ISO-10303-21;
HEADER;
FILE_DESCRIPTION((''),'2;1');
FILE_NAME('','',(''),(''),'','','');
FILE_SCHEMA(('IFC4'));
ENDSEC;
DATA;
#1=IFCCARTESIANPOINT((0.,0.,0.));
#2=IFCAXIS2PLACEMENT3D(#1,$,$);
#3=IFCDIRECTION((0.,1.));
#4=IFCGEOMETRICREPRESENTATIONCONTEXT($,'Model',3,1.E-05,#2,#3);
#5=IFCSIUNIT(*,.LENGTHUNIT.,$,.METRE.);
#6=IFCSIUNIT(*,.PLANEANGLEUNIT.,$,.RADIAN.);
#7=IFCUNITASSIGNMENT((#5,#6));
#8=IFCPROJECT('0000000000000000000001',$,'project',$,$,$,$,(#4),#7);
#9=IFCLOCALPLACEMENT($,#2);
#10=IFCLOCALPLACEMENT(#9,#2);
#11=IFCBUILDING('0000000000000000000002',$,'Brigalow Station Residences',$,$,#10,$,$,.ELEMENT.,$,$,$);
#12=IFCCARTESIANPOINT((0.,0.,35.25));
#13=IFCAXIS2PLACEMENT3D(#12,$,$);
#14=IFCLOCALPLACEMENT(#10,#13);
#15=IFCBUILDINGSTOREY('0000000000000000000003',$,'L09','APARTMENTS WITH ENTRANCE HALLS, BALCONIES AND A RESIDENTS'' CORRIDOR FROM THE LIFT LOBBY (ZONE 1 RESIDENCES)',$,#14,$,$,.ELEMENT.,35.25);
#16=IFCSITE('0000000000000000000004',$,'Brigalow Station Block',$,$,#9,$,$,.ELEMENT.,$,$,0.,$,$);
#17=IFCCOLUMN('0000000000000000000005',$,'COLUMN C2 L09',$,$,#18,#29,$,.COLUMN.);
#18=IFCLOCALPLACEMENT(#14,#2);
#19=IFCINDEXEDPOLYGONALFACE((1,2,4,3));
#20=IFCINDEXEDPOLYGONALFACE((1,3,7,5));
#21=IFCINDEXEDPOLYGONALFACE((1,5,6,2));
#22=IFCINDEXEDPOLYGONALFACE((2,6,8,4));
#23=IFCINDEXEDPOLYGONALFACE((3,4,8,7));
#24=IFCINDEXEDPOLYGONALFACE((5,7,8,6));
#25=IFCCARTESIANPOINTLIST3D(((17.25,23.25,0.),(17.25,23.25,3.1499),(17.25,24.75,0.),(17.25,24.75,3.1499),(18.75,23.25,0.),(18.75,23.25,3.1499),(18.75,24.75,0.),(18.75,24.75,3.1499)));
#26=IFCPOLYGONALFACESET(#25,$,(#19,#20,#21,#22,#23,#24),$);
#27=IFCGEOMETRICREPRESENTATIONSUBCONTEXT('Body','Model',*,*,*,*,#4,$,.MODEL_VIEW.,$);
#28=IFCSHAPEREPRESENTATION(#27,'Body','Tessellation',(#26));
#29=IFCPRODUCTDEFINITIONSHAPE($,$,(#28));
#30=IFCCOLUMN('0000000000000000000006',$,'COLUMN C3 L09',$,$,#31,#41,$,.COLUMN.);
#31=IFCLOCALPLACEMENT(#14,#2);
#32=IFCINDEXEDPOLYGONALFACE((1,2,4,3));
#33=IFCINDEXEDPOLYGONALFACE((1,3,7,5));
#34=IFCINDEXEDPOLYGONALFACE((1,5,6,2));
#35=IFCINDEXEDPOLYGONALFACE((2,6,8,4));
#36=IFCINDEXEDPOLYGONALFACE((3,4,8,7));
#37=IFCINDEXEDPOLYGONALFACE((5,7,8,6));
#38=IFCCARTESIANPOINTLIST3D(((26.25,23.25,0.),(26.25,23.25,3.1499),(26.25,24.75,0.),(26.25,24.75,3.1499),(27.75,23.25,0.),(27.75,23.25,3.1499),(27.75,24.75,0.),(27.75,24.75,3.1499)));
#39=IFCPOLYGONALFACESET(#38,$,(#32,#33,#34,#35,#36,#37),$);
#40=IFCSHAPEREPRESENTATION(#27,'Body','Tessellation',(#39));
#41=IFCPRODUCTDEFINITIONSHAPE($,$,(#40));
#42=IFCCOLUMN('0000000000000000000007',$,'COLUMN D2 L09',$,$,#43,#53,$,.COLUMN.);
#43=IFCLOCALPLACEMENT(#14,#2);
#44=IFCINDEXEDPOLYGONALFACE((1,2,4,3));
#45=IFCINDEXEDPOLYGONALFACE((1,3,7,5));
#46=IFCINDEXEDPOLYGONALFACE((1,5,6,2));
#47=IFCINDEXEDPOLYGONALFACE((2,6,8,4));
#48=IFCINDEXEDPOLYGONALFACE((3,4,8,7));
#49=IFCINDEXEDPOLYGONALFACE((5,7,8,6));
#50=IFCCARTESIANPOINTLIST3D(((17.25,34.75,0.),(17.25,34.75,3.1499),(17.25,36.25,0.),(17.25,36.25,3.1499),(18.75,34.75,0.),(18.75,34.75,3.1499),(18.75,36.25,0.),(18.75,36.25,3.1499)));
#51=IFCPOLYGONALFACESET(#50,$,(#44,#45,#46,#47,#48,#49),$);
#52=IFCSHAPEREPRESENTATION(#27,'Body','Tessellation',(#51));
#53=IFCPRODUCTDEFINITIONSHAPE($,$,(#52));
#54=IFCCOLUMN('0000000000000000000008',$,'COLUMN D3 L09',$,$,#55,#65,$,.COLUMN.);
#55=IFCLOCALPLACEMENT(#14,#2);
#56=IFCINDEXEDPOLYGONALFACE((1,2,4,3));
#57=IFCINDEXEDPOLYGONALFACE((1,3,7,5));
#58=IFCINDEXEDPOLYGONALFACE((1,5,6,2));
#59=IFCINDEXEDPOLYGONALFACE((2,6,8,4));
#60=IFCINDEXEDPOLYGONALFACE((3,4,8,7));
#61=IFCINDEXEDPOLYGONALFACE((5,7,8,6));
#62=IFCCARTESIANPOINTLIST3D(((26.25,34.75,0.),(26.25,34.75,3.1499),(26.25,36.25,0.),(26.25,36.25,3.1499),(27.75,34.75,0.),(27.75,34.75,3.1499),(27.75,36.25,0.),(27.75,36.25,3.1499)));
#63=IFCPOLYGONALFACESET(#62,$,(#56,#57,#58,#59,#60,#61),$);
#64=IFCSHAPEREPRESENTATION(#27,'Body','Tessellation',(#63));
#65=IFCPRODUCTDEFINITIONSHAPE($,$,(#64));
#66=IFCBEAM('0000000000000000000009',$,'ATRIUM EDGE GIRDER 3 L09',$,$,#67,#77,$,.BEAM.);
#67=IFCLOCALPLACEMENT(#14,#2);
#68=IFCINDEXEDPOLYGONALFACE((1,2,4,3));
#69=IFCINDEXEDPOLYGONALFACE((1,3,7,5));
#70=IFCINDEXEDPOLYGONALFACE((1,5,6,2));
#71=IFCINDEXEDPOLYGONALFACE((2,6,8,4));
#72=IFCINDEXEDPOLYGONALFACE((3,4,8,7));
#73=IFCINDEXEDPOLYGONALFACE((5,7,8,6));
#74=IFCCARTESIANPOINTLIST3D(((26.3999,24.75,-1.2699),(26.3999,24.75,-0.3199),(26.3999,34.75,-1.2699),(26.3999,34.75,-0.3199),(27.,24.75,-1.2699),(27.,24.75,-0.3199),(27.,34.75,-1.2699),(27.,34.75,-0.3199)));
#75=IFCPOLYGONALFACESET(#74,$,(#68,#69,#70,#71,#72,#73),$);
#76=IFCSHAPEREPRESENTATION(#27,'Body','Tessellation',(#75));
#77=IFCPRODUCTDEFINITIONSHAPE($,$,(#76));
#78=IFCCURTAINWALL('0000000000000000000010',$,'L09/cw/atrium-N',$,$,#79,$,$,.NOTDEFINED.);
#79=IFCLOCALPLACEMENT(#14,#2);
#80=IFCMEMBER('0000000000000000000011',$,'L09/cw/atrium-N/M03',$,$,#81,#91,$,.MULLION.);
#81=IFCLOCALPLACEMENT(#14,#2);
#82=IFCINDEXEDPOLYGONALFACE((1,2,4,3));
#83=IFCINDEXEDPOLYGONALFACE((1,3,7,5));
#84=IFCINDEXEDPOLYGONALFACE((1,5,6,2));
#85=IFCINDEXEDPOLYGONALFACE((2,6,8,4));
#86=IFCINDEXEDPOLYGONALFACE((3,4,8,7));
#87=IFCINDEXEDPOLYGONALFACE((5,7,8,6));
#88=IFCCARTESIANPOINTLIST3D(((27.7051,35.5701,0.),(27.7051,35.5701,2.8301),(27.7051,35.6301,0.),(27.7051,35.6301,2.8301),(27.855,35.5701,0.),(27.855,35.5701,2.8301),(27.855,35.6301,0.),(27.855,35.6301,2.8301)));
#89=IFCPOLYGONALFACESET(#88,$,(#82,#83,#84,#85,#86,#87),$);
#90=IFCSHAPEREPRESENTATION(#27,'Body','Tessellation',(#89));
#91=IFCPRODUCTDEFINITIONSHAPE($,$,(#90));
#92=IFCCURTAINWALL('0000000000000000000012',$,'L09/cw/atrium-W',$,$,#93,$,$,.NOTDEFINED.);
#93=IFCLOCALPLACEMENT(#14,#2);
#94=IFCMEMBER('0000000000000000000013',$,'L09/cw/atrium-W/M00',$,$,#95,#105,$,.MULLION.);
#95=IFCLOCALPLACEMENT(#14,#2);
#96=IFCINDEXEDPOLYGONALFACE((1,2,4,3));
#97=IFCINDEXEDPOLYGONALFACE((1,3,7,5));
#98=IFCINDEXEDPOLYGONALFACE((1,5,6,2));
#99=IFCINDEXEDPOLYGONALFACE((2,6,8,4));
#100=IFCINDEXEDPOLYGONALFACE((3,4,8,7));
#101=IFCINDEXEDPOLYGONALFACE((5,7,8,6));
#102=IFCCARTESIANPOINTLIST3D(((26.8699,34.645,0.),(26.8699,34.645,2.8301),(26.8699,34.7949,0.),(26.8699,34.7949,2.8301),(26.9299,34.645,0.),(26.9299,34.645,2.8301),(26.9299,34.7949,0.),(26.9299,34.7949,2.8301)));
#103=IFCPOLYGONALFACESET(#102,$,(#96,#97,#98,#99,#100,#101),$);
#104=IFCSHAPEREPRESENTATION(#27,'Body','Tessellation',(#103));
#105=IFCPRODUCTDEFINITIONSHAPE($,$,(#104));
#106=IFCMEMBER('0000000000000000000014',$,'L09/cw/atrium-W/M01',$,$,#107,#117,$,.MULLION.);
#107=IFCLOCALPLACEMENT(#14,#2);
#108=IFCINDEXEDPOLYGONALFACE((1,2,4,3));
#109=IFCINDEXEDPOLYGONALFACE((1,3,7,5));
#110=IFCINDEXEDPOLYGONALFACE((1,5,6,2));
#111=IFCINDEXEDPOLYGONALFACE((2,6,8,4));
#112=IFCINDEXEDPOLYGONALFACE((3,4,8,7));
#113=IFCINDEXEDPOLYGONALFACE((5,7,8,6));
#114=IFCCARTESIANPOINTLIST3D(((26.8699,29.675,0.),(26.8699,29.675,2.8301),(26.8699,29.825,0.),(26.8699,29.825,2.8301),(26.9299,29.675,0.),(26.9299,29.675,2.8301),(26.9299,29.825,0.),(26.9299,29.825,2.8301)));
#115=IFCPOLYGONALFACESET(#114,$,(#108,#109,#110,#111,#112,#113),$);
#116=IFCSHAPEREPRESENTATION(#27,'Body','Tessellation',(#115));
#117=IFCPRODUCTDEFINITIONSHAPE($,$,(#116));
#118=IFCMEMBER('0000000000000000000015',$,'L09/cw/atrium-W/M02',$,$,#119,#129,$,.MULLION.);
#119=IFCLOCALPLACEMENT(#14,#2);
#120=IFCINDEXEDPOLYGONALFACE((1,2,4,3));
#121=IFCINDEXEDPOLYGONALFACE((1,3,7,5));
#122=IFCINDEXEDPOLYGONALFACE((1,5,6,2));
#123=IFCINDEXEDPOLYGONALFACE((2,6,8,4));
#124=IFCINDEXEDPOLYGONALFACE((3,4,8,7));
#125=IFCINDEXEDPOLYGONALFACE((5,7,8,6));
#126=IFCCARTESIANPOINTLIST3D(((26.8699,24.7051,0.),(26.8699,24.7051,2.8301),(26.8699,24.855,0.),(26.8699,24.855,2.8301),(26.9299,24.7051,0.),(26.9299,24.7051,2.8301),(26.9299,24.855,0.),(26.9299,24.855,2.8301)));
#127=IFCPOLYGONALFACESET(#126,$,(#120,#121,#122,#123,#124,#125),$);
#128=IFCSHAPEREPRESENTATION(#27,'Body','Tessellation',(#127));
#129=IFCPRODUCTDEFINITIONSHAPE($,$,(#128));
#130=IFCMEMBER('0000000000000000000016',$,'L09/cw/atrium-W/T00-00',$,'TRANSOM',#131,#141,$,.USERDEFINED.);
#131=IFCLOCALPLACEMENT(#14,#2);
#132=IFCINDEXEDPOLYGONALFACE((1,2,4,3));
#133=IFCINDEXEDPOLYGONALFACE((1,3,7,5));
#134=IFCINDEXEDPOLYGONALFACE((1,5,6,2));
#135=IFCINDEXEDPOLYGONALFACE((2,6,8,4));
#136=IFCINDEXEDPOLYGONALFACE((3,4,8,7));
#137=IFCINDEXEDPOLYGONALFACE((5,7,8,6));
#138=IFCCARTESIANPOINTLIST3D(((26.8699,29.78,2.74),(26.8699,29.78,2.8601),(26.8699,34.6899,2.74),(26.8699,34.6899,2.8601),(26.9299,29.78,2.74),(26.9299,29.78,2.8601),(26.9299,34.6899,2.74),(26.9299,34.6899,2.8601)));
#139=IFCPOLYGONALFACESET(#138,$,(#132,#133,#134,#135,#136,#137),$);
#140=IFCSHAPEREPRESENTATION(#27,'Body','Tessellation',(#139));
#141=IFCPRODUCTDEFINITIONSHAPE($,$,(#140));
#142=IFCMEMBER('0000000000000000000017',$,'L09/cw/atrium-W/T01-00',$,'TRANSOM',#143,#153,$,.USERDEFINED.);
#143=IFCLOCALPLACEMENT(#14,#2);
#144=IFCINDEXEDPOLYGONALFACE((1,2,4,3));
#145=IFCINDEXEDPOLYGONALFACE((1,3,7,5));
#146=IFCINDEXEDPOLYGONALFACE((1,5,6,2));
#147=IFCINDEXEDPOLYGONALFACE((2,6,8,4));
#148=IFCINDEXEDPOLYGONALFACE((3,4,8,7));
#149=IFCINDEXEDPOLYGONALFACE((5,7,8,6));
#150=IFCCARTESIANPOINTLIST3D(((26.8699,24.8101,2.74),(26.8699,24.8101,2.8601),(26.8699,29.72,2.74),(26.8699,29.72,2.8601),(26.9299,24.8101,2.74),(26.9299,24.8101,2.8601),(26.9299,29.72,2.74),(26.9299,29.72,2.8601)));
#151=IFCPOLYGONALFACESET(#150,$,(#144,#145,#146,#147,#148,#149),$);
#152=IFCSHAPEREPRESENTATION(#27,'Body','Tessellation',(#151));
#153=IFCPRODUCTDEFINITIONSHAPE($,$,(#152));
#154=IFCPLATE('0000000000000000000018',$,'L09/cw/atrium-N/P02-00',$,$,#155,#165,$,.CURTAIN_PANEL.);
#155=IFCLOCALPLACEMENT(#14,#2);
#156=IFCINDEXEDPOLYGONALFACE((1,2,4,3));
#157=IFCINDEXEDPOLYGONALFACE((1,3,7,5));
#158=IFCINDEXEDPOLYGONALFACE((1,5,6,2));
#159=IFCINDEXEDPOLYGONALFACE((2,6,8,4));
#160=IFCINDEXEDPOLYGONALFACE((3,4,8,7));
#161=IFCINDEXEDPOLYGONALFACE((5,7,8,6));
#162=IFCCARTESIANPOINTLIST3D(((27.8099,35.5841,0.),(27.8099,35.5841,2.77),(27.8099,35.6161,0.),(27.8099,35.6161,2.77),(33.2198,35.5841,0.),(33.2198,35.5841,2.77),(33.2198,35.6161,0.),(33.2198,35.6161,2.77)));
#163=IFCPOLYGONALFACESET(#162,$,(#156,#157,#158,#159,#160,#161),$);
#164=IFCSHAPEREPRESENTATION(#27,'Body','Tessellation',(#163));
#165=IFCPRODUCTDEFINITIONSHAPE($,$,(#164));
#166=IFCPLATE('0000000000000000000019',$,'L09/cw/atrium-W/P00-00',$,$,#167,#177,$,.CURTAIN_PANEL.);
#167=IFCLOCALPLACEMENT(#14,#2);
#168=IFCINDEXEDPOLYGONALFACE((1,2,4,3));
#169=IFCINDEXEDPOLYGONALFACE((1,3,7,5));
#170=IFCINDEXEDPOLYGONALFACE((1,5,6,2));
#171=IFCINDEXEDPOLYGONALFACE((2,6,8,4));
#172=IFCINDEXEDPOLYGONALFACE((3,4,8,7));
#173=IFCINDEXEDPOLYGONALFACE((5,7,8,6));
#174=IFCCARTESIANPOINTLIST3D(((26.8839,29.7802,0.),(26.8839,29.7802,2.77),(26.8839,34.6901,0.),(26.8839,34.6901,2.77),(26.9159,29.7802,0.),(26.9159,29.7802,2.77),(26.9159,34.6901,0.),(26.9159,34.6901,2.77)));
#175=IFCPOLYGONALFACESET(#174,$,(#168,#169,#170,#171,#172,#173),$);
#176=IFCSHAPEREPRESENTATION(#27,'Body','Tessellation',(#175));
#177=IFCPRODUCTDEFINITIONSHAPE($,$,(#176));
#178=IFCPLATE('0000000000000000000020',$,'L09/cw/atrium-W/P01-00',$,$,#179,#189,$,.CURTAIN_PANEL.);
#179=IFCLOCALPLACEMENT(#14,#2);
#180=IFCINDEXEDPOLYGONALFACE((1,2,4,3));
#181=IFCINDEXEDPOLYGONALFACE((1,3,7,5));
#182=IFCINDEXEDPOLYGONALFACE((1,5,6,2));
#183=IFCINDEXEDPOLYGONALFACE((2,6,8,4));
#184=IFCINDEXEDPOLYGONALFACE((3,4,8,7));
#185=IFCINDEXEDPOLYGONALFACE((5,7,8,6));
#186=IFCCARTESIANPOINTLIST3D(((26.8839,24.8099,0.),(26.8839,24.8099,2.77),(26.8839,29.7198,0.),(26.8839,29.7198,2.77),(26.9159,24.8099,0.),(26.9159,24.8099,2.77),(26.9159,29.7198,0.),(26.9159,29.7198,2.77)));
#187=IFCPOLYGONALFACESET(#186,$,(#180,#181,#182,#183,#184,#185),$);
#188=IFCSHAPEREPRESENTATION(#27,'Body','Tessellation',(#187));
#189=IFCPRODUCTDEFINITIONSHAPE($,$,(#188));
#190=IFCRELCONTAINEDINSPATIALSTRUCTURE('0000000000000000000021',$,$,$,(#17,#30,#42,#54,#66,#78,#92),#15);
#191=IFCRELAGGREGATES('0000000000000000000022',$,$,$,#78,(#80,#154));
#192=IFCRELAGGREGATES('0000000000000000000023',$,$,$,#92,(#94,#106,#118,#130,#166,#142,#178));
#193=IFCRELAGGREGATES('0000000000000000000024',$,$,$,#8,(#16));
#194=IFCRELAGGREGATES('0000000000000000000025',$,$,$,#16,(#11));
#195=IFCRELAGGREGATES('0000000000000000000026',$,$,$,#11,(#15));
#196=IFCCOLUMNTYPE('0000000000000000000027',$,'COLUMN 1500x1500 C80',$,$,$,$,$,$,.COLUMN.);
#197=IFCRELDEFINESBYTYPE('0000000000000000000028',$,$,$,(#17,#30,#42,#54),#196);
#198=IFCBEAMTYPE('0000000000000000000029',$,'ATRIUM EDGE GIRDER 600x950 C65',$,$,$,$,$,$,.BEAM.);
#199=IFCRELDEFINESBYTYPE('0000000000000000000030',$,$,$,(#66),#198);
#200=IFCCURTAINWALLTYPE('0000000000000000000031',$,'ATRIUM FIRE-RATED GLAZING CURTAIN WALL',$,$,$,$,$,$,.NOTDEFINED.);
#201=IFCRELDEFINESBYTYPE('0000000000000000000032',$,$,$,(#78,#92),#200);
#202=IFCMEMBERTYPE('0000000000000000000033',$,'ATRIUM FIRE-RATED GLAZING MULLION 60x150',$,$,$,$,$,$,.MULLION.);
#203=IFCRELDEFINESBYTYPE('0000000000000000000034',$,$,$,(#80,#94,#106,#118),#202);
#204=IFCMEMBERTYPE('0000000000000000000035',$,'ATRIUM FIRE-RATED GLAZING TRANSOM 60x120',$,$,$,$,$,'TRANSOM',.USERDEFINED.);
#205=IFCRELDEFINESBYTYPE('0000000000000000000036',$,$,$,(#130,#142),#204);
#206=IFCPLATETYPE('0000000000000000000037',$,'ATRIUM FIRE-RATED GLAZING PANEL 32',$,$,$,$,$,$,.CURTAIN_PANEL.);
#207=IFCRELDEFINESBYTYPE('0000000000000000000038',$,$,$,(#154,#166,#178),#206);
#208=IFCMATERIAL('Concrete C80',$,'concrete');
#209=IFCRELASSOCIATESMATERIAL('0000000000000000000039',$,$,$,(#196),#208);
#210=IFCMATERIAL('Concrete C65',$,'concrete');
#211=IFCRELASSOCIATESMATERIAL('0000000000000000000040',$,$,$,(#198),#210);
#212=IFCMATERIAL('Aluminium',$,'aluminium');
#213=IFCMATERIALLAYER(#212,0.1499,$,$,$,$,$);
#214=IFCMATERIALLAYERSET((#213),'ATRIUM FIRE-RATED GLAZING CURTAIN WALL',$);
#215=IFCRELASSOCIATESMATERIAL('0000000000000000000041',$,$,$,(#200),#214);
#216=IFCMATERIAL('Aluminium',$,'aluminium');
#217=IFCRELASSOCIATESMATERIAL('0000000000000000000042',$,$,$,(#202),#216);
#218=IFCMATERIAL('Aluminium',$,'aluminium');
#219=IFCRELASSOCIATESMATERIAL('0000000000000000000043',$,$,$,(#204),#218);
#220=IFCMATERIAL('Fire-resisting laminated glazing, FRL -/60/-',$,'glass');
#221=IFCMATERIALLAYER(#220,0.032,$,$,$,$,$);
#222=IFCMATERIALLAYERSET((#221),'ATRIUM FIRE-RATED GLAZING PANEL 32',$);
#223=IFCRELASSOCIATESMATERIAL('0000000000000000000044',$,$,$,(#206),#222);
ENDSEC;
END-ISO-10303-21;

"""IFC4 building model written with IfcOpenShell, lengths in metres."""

from ifc_helpers import new_model, si_unit, direction, frame, origin, origin_2d, place, context, subcontext, project, spatial, rectangle, extrude, material, layer, layer_set, material_profile, profile_set, type_object, element, aggregate, save


model = new_model("IFC4")

# Units and contexts
model_context = context("Model", 3, precision=1e-05, world=origin(), true_north=direction((0.0, 1.0)))
body_context = subcontext(model_context, "Body", "Model", "MODEL_VIEW")
ifc_project = project(units=[si_unit("LENGTHUNIT", "METRE"), si_unit("PLANEANGLEUNIT", "RADIAN")], contexts=[model_context])

# Site, building, storey
site_placement = place(None, origin())
site = spatial("IfcSite", under=ifc_project, at=site_placement, Name="Brigalow Station Block", CompositionType="ELEMENT", RefElevation=0.0)
building_placement = place(site_placement, origin())
building = spatial("IfcBuilding", under=site, at=building_placement, Name="Brigalow Station Residences", CompositionType="ELEMENT")
storey_placement = place(building_placement, frame((0.0, 0.0, 35.25)))
storey = spatial("IfcBuildingStorey", under=building, at=storey_placement, Name="L09", Description="APARTMENTS WITH ENTRANCE HALLS, BALCONIES AND A RESIDENTS' CORRIDOR FROM THE LIFT LOBBY (ZONE 1 RESIDENCES)", CompositionType="ELEMENT", Elevation=35.25)

# Columns
ifc_material_1 = material(Name="Concrete C80", Category="concrete")
ifc_material_profile_1 = material_profile(ifc_material_1, rectangle(XDim=1.5, YDim=1.5, at=origin_2d()), Name="RC1500x1500")
ifc_profile_set_1 = profile_set([ifc_material_profile_1], Name="Concrete C80")
column_type = type_object("IfcColumnType", Name="COLUMN 1500x1500 C80", PredefinedType="COLUMN", material=ifc_profile_set_1)
for number, where, z_axis, x_axis, name in (
    (1, (18.0, 24.0, 0.0), (0.0, 0.0, 1.0), (1.0, 0.0, 0.0), "COLUMN C2 L09"),
    (2, (27.0, 24.0, 0.0), (0.0, 0.0, 1.0), (1.0, 0.0, 0.0), "COLUMN C3 L09"),
    (3, (18.0, 35.5, 0.0), (0.0, 0.0, 1.0), (1.0, 0.0, 0.0), "COLUMN D2 L09"),
    (4, (27.0, 35.5, 0.0), (0.0, 0.0, 1.0), (1.0, 0.0, 0.0), "COLUMN D3 L09"),
):
    element("IfcColumn", number, at=place(storey_placement, frame(where, z_axis=z_axis, x_axis=x_axis)), inside=storey, type_object=column_type, Name=name, PredefinedType="COLUMN", context=body_context, shape_type="SweptSolid", body=[
        extrude(rectangle(XDim=1.5, YDim=1.5, at=origin_2d()), origin(), (0.0, 0.0, 1.0), 3.1499),
    ])

# Beam
ifc_material_2 = material(Name="Concrete C65", Category="concrete")
ifc_material_profile_2 = material_profile(ifc_material_2, rectangle(XDim=0.6001, YDim=0.95, at=origin_2d()), Name="RC600x950")
ifc_profile_set_2 = profile_set([ifc_material_profile_2], Name="Concrete C65")
beam_type = type_object("IfcBeamType", Name="ATRIUM EDGE GIRDER 600x950 C65", PredefinedType="BEAM", material=ifc_profile_set_2)
beam_placement = place(storey_placement, frame((26.7, 24.75, -0.7949), z_axis=(0.0, 1.0, 0.0), x_axis=(-1.0, 0.0, 0.0)))
element("IfcBeam", 5, at=beam_placement, inside=storey, type_object=beam_type, Name="ATRIUM EDGE GIRDER 3 L09", PredefinedType="BEAM", context=body_context, shape_type="SweptSolid", body=[
    extrude(rectangle(XDim=0.6001, YDim=0.95, at=origin_2d()), origin(), (0.0, 0.0, 1.0), 10.0),
])

# Curtain wall, member
ifc_material_3 = material(Name="Aluminium", Category="aluminium")
ifc_layer_1 = layer(ifc_material_3, 0.1499)
ifc_layer_set_1 = layer_set([ifc_layer_1], Name="ATRIUM FIRE-RATED GLAZING CURTAIN WALL")
curtain_wall_type = type_object("IfcCurtainWallType", Name="ATRIUM FIRE-RATED GLAZING CURTAIN WALL", PredefinedType="NOTDEFINED", material=ifc_layer_set_1)
curtain_wall_1_placement = place(storey_placement, origin())
curtain_wall_1 = element("IfcCurtainWall", 6, at=curtain_wall_1_placement, inside=storey, type_object=curtain_wall_type, Name="L09/cw/atrium-N", PredefinedType="NOTDEFINED")
ifc_material_4 = material(Name="Aluminium", Category="aluminium")
ifc_material_profile_3 = material_profile(ifc_material_4, rectangle(XDim=0.0601, YDim=0.1499, at=origin_2d()), Name="ATRIUM FIRE-RATED GLAZING MULLION 60x150")
ifc_profile_set_3 = profile_set([ifc_material_profile_3], Name="Aluminium")
member_type_1 = type_object("IfcMemberType", Name="ATRIUM FIRE-RATED GLAZING MULLION 60x150", PredefinedType="MULLION", material=ifc_profile_set_3)
member_1_placement = place(storey_placement, frame((27.78, 35.6001, 0.0), z_axis=(0.0, 0.0, 1.0), x_axis=(0.0, -1.0, 0.0)))
member_1 = element("IfcMember", 7, at=member_1_placement, type_object=member_type_1, Name="L09/cw/atrium-N/M03", PredefinedType="MULLION", context=body_context, shape_type="SweptSolid", body=[
    extrude(rectangle(XDim=0.0601, YDim=0.1499, at=origin_2d()), origin(), (0.0, 0.0, 1.0), 2.8301),
])

# Curtain wall, members
curtain_wall_2_placement = place(storey_placement, origin())
curtain_wall_2 = element("IfcCurtainWall", 8, at=curtain_wall_2_placement, inside=storey, type_object=curtain_wall_type, Name="L09/cw/atrium-W", PredefinedType="NOTDEFINED")
member_2_placement = place(storey_placement, frame((26.8999, 34.72, 0.0), z_axis=(0.0, 0.0, 1.0), x_axis=(1.0, 0.0, 0.0)))
member_2 = element("IfcMember", 9, at=member_2_placement, type_object=member_type_1, Name="L09/cw/atrium-W/M00", PredefinedType="MULLION", context=body_context, shape_type="SweptSolid", body=[
    extrude(rectangle(XDim=0.0601, YDim=0.1499, at=origin_2d()), origin(), (0.0, 0.0, 1.0), 2.8301),
])
member_3_placement = place(storey_placement, frame((26.8999, 29.75, 0.0), z_axis=(0.0, 0.0, 1.0), x_axis=(1.0, 0.0, 0.0)))
member_3 = element("IfcMember", 10, at=member_3_placement, type_object=member_type_1, Name="L09/cw/atrium-W/M01", PredefinedType="MULLION", context=body_context, shape_type="SweptSolid", body=[
    extrude(rectangle(XDim=0.0601, YDim=0.1499, at=origin_2d()), origin(), (0.0, 0.0, 1.0), 2.8301),
])
member_4_placement = place(storey_placement, frame((26.8999, 24.78, 0.0), z_axis=(0.0, 0.0, 1.0), x_axis=(1.0, 0.0, 0.0)))
member_4 = element("IfcMember", 11, at=member_4_placement, type_object=member_type_1, Name="L09/cw/atrium-W/M02", PredefinedType="MULLION", context=body_context, shape_type="SweptSolid", body=[
    extrude(rectangle(XDim=0.0601, YDim=0.1499, at=origin_2d()), origin(), (0.0, 0.0, 1.0), 2.8301),
])
ifc_material_5 = material(Name="Aluminium", Category="aluminium")
ifc_material_profile_4 = material_profile(ifc_material_5, rectangle(XDim=0.0601, YDim=0.1201, at=origin_2d()), Name="ATRIUM FIRE-RATED GLAZING TRANSOM 60x120")
ifc_profile_set_4 = profile_set([ifc_material_profile_4], Name="Aluminium")
member_type_2 = type_object("IfcMemberType", Name="ATRIUM FIRE-RATED GLAZING TRANSOM 60x120", ElementType="TRANSOM", PredefinedType="USERDEFINED", material=ifc_profile_set_4)
member_5_placement = place(storey_placement, frame((26.8999, 34.6899, 2.8), z_axis=(0.0, -1.0, 0.0), x_axis=(1.0, 0.0, 0.0)))
member_5 = element("IfcMember", 12, at=member_5_placement, type_object=member_type_2, Name="L09/cw/atrium-W/T00-00", ObjectType="TRANSOM", PredefinedType="USERDEFINED", context=body_context, shape_type="SweptSolid", body=[
    extrude(rectangle(XDim=0.0601, YDim=0.1201, at=origin_2d()), origin(), (0.0, 0.0, 1.0), 4.9099),
])
member_6_placement = place(storey_placement, frame((26.8999, 29.72, 2.8), z_axis=(0.0, -1.0, 0.0), x_axis=(1.0, 0.0, 0.0)))
member_6 = element("IfcMember", 13, at=member_6_placement, type_object=member_type_2, Name="L09/cw/atrium-W/T01-00", ObjectType="TRANSOM", PredefinedType="USERDEFINED", context=body_context, shape_type="SweptSolid", body=[
    extrude(rectangle(XDim=0.0601, YDim=0.1201, at=origin_2d()), origin(), (0.0, 0.0, 1.0), 4.9099),
])

# Plates
ifc_material_6 = material(Name="Fire-resisting laminated glazing, FRL -/60/-", Category="glass")
ifc_layer_2 = layer(ifc_material_6, 0.032)
ifc_layer_set_2 = layer_set([ifc_layer_2], Name="ATRIUM FIRE-RATED GLAZING PANEL 32")
plate_type = type_object("IfcPlateType", Name="ATRIUM FIRE-RATED GLAZING PANEL 32", PredefinedType="CURTAIN_PANEL", material=ifc_layer_set_2)
plate_1_placement = place(storey_placement, frame((30.5149, 35.6001, 0.0), z_axis=(0.0, 0.0, 1.0), x_axis=(-1.0, 0.0, 0.0)))
plate_1 = element("IfcPlate", 14, at=plate_1_placement, type_object=plate_type, Name="L09/cw/atrium-N/P02-00", PredefinedType="CURTAIN_PANEL", context=body_context, shape_type="SweptSolid", body=[
    extrude(rectangle(XDim=5.4099, YDim=0.032, at=origin_2d()), origin(), (0.0, 0.0, 1.0), 2.77),
])
aggregate(curtain_wall_1, [member_1, plate_1])
plate_2_placement = place(storey_placement, frame((26.8999, 32.2351, 0.0), z_axis=(0.0, 0.0, 1.0), x_axis=(0.0, -1.0, 0.0)))
plate_2 = element("IfcPlate", 15, at=plate_2_placement, type_object=plate_type, Name="L09/cw/atrium-W/P00-00", PredefinedType="CURTAIN_PANEL", context=body_context, shape_type="SweptSolid", body=[
    extrude(rectangle(XDim=4.9099, YDim=0.032, at=origin_2d()), origin(), (0.0, 0.0, 1.0), 2.77),
])
plate_3_placement = place(storey_placement, frame((26.8999, 27.2649, 0.0), z_axis=(0.0, 0.0, 1.0), x_axis=(0.0, -1.0, 0.0)))
plate_3 = element("IfcPlate", 16, at=plate_3_placement, type_object=plate_type, Name="L09/cw/atrium-W/P01-00", PredefinedType="CURTAIN_PANEL", context=body_context, shape_type="SweptSolid", body=[
    extrude(rectangle(XDim=4.9099, YDim=0.032, at=origin_2d()), origin(), (0.0, 0.0, 1.0), 2.77),
])
aggregate(curtain_wall_2, [member_2, member_3, member_4, member_5, plate_2, member_6, plate_3])

save(model, "model.ifc")
